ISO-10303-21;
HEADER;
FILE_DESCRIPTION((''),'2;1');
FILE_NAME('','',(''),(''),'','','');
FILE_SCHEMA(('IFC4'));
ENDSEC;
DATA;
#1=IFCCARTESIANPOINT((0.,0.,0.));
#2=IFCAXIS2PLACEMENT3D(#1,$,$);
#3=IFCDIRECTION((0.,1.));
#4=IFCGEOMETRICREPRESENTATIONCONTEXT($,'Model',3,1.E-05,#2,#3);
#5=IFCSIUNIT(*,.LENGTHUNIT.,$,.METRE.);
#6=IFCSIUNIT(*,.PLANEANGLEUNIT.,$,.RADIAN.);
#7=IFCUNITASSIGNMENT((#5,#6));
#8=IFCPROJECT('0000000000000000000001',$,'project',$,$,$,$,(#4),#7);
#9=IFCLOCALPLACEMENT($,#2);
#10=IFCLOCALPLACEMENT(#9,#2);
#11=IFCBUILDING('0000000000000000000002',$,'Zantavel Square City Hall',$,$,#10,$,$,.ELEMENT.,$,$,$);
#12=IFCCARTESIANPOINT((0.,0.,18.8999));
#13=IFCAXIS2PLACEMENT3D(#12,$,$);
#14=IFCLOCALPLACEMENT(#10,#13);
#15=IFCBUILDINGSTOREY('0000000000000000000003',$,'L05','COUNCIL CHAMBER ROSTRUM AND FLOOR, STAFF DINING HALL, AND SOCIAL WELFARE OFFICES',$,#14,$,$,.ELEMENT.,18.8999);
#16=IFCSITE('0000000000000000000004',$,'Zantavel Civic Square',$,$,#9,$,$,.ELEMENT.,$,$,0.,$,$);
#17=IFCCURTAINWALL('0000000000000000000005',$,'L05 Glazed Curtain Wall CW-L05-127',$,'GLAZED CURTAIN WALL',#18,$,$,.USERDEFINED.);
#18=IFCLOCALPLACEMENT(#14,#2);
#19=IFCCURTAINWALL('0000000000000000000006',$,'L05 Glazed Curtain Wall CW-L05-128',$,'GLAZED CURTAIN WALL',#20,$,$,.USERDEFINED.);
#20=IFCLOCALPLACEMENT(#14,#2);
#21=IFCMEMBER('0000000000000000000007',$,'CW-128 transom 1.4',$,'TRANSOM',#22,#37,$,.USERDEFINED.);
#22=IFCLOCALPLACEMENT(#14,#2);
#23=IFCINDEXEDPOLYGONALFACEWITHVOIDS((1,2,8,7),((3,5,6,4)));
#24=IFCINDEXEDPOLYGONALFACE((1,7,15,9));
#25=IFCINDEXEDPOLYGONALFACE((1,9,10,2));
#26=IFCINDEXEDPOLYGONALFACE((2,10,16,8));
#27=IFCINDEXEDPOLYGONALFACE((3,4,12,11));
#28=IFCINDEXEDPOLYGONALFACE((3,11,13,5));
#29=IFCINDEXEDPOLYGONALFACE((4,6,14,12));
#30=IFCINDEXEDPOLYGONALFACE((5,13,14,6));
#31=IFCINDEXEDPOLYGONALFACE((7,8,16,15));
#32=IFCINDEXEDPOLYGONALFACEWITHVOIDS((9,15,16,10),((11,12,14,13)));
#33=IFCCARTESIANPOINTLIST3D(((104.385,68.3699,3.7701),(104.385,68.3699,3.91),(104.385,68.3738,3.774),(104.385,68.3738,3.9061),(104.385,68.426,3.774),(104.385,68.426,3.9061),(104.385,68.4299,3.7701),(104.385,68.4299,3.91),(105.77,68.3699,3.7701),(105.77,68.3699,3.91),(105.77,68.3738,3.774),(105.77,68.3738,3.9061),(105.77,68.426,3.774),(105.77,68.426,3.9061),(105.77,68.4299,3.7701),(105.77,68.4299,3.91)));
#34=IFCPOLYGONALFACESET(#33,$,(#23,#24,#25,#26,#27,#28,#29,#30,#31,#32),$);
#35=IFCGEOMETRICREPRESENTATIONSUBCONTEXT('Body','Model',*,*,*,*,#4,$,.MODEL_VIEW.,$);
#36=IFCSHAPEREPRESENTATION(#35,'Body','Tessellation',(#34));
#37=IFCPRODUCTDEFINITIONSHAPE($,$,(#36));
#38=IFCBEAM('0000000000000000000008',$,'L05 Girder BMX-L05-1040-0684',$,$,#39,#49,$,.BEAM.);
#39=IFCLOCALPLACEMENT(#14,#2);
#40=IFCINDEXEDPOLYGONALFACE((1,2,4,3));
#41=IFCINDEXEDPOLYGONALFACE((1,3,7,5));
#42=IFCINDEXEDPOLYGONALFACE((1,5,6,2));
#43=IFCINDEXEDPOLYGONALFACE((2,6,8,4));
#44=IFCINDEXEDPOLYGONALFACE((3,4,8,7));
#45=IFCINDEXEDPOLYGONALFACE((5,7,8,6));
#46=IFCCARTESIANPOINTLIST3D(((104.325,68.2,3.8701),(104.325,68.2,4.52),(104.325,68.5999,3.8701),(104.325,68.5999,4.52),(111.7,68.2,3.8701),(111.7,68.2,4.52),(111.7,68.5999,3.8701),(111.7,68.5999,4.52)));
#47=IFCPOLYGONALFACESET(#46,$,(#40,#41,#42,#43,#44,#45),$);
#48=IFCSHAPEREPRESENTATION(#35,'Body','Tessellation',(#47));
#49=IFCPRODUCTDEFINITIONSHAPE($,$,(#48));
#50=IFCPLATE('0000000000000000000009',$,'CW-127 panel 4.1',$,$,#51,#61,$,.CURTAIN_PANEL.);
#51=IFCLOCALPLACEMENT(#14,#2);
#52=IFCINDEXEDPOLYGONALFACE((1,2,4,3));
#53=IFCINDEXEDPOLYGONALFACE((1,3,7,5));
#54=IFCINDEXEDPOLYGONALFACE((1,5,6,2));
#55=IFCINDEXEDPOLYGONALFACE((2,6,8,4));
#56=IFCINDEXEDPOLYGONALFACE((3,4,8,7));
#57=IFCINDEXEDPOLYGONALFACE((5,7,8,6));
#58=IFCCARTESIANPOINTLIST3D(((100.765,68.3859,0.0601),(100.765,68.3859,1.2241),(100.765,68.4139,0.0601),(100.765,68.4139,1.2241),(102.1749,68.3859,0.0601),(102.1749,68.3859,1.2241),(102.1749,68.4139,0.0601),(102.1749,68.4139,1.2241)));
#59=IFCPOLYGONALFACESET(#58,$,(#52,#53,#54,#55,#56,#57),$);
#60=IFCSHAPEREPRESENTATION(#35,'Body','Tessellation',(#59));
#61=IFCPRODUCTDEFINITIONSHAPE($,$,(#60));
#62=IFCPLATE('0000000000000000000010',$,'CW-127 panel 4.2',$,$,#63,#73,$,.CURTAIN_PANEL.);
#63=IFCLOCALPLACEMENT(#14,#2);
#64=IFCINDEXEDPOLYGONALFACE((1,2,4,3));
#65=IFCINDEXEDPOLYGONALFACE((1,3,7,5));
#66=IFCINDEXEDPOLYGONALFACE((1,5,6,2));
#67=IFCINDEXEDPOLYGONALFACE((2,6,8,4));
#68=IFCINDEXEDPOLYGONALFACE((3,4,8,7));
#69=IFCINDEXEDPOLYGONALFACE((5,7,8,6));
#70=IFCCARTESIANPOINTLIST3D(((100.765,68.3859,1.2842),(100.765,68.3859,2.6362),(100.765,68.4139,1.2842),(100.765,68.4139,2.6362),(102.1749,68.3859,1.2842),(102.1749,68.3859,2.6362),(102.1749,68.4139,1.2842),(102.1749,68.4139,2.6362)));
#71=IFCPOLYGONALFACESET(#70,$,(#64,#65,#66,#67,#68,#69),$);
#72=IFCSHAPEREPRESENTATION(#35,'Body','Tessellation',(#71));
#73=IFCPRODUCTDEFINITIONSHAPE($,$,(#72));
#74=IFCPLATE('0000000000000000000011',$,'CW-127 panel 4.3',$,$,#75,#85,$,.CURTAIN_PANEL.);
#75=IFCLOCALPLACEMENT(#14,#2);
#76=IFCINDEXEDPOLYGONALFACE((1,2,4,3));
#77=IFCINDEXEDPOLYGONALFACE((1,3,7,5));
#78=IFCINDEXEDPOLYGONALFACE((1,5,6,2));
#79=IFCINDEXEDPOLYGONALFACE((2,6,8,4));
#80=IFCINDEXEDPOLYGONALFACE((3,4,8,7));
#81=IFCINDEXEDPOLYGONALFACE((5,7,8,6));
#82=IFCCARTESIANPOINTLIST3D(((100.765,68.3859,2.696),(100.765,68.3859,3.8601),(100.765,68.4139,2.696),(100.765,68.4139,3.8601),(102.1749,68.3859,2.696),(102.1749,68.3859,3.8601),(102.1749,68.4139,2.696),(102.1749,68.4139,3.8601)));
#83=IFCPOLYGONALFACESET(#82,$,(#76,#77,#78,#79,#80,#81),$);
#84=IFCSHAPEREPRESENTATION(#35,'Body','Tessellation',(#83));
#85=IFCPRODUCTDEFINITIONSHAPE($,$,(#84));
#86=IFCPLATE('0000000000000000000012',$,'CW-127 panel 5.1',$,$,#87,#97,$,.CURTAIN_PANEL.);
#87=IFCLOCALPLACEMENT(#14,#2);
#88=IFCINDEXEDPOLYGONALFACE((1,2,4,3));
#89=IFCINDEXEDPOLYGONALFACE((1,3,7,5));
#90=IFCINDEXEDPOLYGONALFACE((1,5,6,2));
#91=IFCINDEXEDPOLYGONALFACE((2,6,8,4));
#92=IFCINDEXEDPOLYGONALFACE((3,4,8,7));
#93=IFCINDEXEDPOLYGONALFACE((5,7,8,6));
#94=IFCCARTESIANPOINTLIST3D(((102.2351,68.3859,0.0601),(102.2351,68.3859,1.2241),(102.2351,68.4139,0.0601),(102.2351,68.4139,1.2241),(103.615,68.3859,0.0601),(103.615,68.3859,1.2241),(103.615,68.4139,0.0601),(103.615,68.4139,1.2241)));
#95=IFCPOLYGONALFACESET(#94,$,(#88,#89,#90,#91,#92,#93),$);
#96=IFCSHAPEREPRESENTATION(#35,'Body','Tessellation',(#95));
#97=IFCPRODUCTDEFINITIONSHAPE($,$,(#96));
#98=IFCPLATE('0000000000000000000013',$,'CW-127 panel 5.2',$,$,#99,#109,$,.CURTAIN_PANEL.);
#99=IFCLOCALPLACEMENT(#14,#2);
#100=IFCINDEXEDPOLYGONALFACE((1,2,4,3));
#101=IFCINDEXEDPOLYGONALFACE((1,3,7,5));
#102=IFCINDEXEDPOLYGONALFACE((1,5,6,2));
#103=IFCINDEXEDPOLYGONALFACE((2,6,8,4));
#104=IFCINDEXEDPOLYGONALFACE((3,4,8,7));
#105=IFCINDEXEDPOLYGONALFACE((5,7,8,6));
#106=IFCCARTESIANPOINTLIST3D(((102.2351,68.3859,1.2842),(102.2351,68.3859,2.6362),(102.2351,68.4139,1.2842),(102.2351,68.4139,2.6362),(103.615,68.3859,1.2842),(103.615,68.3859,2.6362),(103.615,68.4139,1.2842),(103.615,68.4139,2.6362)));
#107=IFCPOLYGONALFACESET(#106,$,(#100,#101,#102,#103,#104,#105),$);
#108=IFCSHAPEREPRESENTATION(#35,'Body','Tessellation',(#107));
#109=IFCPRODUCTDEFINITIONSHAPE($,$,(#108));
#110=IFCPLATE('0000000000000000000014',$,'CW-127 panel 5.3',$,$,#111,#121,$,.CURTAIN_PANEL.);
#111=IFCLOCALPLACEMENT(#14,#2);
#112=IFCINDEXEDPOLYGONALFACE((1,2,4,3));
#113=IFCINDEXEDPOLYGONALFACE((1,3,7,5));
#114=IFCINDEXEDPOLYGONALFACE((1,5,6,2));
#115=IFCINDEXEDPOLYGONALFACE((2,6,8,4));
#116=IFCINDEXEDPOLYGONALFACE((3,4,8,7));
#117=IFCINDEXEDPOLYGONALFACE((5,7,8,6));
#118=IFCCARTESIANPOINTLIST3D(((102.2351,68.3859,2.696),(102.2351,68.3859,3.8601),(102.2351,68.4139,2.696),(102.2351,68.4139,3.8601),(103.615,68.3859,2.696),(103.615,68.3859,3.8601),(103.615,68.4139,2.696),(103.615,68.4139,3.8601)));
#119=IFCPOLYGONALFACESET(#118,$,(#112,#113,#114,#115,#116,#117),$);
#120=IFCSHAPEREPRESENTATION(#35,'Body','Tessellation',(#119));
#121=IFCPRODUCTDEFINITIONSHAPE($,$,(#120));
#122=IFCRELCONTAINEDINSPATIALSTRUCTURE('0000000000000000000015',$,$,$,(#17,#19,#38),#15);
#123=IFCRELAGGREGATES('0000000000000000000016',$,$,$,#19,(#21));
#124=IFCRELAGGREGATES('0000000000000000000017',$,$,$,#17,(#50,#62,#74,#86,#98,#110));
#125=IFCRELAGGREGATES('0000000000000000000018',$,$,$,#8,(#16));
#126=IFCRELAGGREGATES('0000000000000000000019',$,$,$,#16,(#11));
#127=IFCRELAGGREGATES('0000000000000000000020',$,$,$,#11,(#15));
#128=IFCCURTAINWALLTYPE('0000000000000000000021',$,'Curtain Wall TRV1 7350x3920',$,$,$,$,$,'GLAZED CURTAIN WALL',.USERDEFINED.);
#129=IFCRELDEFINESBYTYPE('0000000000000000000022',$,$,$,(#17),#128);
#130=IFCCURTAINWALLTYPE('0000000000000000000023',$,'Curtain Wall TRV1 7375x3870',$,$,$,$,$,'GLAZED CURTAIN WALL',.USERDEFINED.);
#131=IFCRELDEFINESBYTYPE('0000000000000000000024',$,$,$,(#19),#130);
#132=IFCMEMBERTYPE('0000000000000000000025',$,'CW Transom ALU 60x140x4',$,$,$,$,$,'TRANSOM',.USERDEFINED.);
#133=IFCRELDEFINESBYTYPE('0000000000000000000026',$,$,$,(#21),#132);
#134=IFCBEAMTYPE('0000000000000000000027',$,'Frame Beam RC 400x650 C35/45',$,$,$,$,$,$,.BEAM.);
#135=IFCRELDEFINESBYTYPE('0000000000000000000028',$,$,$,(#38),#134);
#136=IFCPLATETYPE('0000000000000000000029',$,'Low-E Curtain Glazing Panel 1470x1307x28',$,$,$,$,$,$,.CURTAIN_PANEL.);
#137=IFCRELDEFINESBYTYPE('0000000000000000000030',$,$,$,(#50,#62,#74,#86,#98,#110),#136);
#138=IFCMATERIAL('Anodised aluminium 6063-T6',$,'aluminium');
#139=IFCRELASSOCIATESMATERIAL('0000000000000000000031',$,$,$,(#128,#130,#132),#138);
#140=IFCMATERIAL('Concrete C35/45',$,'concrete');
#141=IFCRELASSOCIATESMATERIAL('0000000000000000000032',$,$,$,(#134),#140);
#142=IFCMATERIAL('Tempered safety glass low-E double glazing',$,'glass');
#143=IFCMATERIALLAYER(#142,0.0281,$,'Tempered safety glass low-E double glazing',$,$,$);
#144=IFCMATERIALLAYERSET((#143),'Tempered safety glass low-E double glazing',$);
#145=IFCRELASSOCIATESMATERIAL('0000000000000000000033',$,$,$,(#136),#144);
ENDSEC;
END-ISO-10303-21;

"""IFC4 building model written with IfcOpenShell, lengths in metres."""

from ifc_helpers import new_model, si_unit, direction, frame, origin, origin_2d, place, context, subcontext, project, spatial, rectangle, hollow_rectangle, extrude, material, layer, layer_set, material_profile, profile_set, type_object, element, aggregate, save


model = new_model("IFC4")

# Units and contexts
model_context = context("Model", 3, precision=1e-05, world=origin(), true_north=direction((0.0, 1.0)))
body_context = subcontext(model_context, "Body", "Model", "MODEL_VIEW")
ifc_project = project(units=[si_unit("LENGTHUNIT", "METRE"), si_unit("PLANEANGLEUNIT", "RADIAN")], contexts=[model_context])

# Site, building, storey
site_placement = place(None, origin())
site = spatial("IfcSite", under=ifc_project, at=site_placement, Name="Zantavel Civic Square", CompositionType="ELEMENT", RefElevation=0.0)
building_placement = place(site_placement, origin())
building = spatial("IfcBuilding", under=site, at=building_placement, Name="Zantavel Square City Hall", CompositionType="ELEMENT")
storey_placement = place(building_placement, frame((0.0, 0.0, 18.8999)))
storey = spatial("IfcBuildingStorey", under=building, at=storey_placement, Name="L05", Description="COUNCIL CHAMBER ROSTRUM AND FLOOR, STAFF DINING HALL, AND SOCIAL WELFARE OFFICES", CompositionType="ELEMENT", Elevation=18.8999)

# Curtain wall
ifc_material_1 = material(Name="Anodised aluminium 6063-T6", Category="aluminium")
curtain_wall_type_1 = type_object("IfcCurtainWallType", Name="Curtain Wall TRV1 7350x3920", ElementType="GLAZED CURTAIN WALL", PredefinedType="USERDEFINED", material=ifc_material_1)
curtain_wall_1_placement = place(storey_placement, origin())
curtain_wall_1 = element("IfcCurtainWall", 1, at=curtain_wall_1_placement, inside=storey, type_object=curtain_wall_type_1, Name="L05 Glazed Curtain Wall CW-L05-127", ObjectType="GLAZED CURTAIN WALL", PredefinedType="USERDEFINED")

# Curtain wall
curtain_wall_type_2 = type_object("IfcCurtainWallType", Name="Curtain Wall TRV1 7375x3870", ElementType="GLAZED CURTAIN WALL", PredefinedType="USERDEFINED", material=ifc_material_1)
curtain_wall_2_placement = place(storey_placement, origin())
curtain_wall_2 = element("IfcCurtainWall", 2, at=curtain_wall_2_placement, inside=storey, type_object=curtain_wall_type_2, Name="L05 Glazed Curtain Wall CW-L05-128", ObjectType="GLAZED CURTAIN WALL", PredefinedType="USERDEFINED")

# Member
ifc_material_profile_1 = material_profile(ifc_material_1, hollow_rectangle(XDim=0.0601, YDim=0.1399, WallThickness=0.0039, at=origin_2d()), Name="ALU 60x140x4")
ifc_profile_set_1 = profile_set([ifc_material_profile_1], Name="Anodised aluminium 6063-T6")
member_type_1 = type_object("IfcMemberType", Name="CW Transom ALU 60x140x4", ElementType="TRANSOM", PredefinedType="USERDEFINED", material=ifc_profile_set_1)
member_1_placement = place(storey_placement, frame((104.385, 68.3999, 3.8401), z_axis=(1.0, 0.0, 0.0), x_axis=(0.0, 1.0, 0.0)))
member_1 = element("IfcMember", 3, at=member_1_placement, type_object=member_type_1, Name="CW-128 transom 1.4", ObjectType="TRANSOM", PredefinedType="USERDEFINED", context=body_context, shape_type="SweptSolid", body=[
    extrude(hollow_rectangle(XDim=0.0601, YDim=0.1399, WallThickness=0.0039, at=origin_2d()), origin(), (0.0, 0.0, 1.0), 1.385),
])
aggregate(curtain_wall_2, [member_1])

# Beam
ifc_material_2 = material(Name="Concrete C35/45", Category="concrete")
ifc_material_profile_2 = material_profile(ifc_material_2, rectangle(XDim=0.3999, YDim=0.6499, at=origin_2d()), Name="RC 400x650")
ifc_profile_set_2 = profile_set([ifc_material_profile_2], Name="Concrete C35/45")
beam_type = type_object("IfcBeamType", Name="Frame Beam RC 400x650 C35/45", PredefinedType="BEAM", material=ifc_profile_set_2)
beam_placement = place(storey_placement, frame((104.325, 68.3999, 4.1951), z_axis=(1.0, 0.0, 0.0), x_axis=(0.0, 1.0, 0.0)))
element("IfcBeam", 4, at=beam_placement, inside=storey, type_object=beam_type, Name="L05 Girder BMX-L05-1040-0684", PredefinedType="BEAM", context=body_context, shape_type="SweptSolid", body=[
    extrude(rectangle(XDim=0.3999, YDim=0.6499, at=origin_2d()), origin(), (0.0, 0.0, 1.0), 7.375),
])

# Plates
ifc_material_3 = material(Name="Tempered safety glass low-E double glazing", Category="glass")
ifc_layer = layer(ifc_material_3, 0.0281, Name="Tempered safety glass low-E double glazing")
ifc_layer_set = layer_set([ifc_layer], Name="Tempered safety glass low-E double glazing")
plate_type = type_object("IfcPlateType", Name="Low-E Curtain Glazing Panel 1470x1307x28", PredefinedType="CURTAIN_PANEL", material=ifc_layer_set)
plate_1_placement = place(storey_placement, frame((101.47, 68.3999, 0.0601), z_axis=(0.0, 0.0, 1.0), x_axis=(1.0, 0.0, 0.0)))
plate_1 = element("IfcPlate", 5, at=plate_1_placement, type_object=plate_type, Name="CW-127 panel 4.1", PredefinedType="CURTAIN_PANEL", context=body_context, shape_type="SweptSolid", body=[
    extrude(rectangle(XDim=1.4099, YDim=0.0281, at=origin_2d()), origin(), (0.0, 0.0, 1.0), 1.1641),
])
plate_2_placement = place(storey_placement, frame((101.47, 68.3999, 1.2842), z_axis=(0.0, 0.0, 1.0), x_axis=(1.0, 0.0, 0.0)))
plate_2 = element("IfcPlate", 6, at=plate_2_placement, type_object=plate_type, Name="CW-127 panel 4.2", PredefinedType="CURTAIN_PANEL", context=body_context, shape_type="SweptSolid", body=[
    extrude(rectangle(XDim=1.4099, YDim=0.0281, at=origin_2d()), origin(), (0.0, 0.0, 1.0), 1.3521),
])
plate_3_placement = place(storey_placement, frame((101.47, 68.3999, 2.696), z_axis=(0.0, 0.0, 1.0), x_axis=(1.0, 0.0, 0.0)))
plate_3 = element("IfcPlate", 7, at=plate_3_placement, type_object=plate_type, Name="CW-127 panel 4.3", PredefinedType="CURTAIN_PANEL", context=body_context, shape_type="SweptSolid", body=[
    extrude(rectangle(XDim=1.4099, YDim=0.0281, at=origin_2d()), origin(), (0.0, 0.0, 1.0), 1.1641),
])
plate_4_placement = place(storey_placement, frame((102.925, 68.3999, 0.0601), z_axis=(0.0, 0.0, 1.0), x_axis=(1.0, 0.0, 0.0)))
plate_4 = element("IfcPlate", 8, at=plate_4_placement, type_object=plate_type, Name="CW-127 panel 5.1", PredefinedType="CURTAIN_PANEL", context=body_context, shape_type="SweptSolid", body=[
    extrude(rectangle(XDim=1.3799, YDim=0.0281, at=origin_2d()), origin(), (0.0, 0.0, 1.0), 1.1641),
])
plate_5_placement = place(storey_placement, frame((102.925, 68.3999, 1.2842), z_axis=(0.0, 0.0, 1.0), x_axis=(1.0, 0.0, 0.0)))
plate_5 = element("IfcPlate", 9, at=plate_5_placement, type_object=plate_type, Name="CW-127 panel 5.2", PredefinedType="CURTAIN_PANEL", context=body_context, shape_type="SweptSolid", body=[
    extrude(rectangle(XDim=1.3799, YDim=0.0281, at=origin_2d()), origin(), (0.0, 0.0, 1.0), 1.3521),
])
plate_6_placement = place(storey_placement, frame((102.925, 68.3999, 2.696), z_axis=(0.0, 0.0, 1.0), x_axis=(1.0, 0.0, 0.0)))
plate_6 = element("IfcPlate", 10, at=plate_6_placement, type_object=plate_type, Name="CW-127 panel 5.3", PredefinedType="CURTAIN_PANEL", context=body_context, shape_type="SweptSolid", body=[
    extrude(rectangle(XDim=1.3799, YDim=0.0281, at=origin_2d()), origin(), (0.0, 0.0, 1.0), 1.1641),
])
aggregate(curtain_wall_1, [plate_1, plate_2, plate_3, plate_4, plate_5, plate_6])

save(model, "model.ifc")
